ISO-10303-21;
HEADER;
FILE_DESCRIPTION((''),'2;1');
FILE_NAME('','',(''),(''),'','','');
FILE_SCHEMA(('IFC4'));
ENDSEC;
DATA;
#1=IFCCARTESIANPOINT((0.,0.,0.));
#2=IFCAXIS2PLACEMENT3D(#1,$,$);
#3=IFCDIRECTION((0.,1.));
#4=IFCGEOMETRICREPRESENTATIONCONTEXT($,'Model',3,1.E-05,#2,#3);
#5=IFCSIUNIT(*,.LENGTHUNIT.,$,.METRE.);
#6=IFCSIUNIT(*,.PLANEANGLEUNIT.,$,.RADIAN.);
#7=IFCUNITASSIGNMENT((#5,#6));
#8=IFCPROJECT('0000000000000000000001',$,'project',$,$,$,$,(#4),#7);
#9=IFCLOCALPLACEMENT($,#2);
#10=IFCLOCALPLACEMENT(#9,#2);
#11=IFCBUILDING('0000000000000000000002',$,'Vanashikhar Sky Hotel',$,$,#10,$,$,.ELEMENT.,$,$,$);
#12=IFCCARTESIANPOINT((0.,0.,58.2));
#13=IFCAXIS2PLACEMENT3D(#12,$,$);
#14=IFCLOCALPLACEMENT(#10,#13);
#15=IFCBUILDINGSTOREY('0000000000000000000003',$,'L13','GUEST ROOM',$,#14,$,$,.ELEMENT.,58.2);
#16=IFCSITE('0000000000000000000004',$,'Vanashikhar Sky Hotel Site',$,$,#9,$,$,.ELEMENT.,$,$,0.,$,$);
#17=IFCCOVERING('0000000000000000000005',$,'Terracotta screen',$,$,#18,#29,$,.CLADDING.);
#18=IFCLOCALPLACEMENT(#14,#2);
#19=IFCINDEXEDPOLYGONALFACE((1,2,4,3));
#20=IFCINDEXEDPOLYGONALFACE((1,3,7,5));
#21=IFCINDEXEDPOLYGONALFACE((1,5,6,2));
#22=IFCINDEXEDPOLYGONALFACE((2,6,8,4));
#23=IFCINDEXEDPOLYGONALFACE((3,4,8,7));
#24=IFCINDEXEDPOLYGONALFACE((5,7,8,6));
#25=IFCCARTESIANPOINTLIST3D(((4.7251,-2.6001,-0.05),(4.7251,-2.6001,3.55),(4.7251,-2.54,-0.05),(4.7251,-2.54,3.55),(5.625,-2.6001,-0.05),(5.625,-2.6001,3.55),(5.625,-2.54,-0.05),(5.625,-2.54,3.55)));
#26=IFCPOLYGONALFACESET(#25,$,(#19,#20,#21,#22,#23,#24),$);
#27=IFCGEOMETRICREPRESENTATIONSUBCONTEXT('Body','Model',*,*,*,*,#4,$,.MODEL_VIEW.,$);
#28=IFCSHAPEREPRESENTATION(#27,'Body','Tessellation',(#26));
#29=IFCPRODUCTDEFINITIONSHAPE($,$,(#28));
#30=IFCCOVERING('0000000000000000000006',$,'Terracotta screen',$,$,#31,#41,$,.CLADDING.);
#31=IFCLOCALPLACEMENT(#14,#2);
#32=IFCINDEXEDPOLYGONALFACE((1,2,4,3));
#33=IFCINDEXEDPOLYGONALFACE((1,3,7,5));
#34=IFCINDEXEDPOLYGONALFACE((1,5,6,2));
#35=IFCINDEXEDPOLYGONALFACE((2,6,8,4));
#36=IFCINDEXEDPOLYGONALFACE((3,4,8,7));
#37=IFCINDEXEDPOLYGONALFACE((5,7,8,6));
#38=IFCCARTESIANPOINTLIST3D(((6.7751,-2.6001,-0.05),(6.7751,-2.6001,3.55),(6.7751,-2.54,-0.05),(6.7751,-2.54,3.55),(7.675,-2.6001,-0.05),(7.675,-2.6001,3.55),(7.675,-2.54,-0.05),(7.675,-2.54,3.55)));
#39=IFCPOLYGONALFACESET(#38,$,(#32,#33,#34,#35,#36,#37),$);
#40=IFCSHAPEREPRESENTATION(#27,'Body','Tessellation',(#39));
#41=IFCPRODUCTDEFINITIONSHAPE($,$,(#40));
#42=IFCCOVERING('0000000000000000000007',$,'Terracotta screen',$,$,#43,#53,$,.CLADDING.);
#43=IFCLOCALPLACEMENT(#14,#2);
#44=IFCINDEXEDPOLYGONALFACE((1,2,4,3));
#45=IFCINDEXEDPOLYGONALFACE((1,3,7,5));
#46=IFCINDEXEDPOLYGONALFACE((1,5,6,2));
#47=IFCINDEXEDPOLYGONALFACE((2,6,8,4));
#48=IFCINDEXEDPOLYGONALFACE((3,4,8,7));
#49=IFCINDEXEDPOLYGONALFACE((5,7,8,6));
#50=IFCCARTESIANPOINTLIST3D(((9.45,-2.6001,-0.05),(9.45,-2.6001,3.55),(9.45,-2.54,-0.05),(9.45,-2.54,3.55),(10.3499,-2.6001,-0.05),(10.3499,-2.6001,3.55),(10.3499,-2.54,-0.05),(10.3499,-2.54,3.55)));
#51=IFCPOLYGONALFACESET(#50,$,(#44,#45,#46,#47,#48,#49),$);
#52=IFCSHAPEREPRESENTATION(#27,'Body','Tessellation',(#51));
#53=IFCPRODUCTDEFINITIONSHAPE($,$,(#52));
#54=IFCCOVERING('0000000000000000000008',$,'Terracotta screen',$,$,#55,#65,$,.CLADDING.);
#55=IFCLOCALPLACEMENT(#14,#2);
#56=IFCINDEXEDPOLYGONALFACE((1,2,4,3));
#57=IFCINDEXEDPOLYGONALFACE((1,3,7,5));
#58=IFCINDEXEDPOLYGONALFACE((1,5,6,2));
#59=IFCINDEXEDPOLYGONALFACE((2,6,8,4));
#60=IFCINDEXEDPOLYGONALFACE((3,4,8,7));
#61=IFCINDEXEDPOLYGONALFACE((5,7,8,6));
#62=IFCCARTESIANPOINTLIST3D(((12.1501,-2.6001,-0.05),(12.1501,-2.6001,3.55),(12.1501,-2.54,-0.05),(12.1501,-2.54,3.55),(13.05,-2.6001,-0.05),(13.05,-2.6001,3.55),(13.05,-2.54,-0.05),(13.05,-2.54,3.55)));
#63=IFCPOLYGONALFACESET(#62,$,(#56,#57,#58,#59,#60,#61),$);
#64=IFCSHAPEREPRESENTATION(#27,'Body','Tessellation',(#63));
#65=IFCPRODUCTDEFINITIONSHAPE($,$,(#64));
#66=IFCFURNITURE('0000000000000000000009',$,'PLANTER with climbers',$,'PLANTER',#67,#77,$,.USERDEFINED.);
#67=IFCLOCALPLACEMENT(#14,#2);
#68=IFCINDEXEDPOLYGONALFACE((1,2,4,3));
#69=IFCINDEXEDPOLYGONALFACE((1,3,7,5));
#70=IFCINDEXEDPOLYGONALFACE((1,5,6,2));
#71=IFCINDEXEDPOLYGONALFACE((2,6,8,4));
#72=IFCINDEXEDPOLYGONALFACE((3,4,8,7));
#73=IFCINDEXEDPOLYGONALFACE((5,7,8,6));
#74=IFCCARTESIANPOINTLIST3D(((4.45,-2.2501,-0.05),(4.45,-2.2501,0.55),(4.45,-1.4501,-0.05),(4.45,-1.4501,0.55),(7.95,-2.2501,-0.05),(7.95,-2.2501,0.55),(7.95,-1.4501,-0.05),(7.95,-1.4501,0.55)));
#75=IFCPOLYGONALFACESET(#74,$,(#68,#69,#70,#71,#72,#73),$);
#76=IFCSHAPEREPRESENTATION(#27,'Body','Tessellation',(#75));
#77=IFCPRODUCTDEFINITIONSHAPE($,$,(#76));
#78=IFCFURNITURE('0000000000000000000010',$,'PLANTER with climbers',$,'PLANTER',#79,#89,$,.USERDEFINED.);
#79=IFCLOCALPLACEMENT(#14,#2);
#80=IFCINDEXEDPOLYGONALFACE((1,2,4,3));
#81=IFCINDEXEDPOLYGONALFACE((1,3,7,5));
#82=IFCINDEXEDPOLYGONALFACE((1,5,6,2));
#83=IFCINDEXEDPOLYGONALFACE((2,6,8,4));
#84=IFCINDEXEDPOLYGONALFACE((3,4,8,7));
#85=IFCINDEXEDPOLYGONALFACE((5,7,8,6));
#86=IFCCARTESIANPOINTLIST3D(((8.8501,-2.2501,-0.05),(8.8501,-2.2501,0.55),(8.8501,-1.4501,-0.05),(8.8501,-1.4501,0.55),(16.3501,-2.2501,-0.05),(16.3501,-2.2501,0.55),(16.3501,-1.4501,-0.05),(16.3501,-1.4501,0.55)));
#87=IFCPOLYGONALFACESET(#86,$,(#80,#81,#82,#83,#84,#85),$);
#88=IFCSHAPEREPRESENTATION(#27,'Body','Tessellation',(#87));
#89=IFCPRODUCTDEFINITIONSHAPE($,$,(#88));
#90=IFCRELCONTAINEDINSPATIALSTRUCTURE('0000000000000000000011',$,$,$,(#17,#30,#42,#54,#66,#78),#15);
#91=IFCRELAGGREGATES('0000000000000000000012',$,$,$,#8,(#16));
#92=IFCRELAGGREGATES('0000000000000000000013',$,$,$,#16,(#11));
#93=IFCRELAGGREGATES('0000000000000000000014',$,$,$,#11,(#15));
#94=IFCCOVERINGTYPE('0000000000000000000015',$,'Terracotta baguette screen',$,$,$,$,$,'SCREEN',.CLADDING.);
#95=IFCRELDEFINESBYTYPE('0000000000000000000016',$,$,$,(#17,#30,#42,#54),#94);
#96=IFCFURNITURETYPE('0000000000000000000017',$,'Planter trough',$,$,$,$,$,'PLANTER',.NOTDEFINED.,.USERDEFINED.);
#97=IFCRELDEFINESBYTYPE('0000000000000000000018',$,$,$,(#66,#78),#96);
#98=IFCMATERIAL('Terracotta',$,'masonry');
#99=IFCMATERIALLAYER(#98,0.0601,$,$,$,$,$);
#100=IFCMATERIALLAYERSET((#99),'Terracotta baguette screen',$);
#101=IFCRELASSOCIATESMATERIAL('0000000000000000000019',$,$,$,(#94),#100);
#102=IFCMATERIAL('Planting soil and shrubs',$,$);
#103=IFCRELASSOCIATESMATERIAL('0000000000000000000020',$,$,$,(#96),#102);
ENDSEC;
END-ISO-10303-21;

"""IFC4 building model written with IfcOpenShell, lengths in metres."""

from ifc_helpers import new_model, si_unit, direction, frame, origin, origin_2d, place, context, subcontext, project, spatial, rectangle, extrude, source, transform, mapped, material, layer, layer_set, type_object, element, save


model = new_model("IFC4")

# Units and contexts
model_context = context("Model", 3, precision=1e-05, world=origin(), true_north=direction((0.0, 1.0)))
body_context = subcontext(model_context, "Body", "Model", "MODEL_VIEW")
ifc_project = project(units=[si_unit("LENGTHUNIT", "METRE"), si_unit("PLANEANGLEUNIT", "RADIAN")], contexts=[model_context])

# Site, building, storey
site_placement = place(None, origin())
site = spatial("IfcSite", under=ifc_project, at=site_placement, Name="Vanashikhar Sky Hotel Site", CompositionType="ELEMENT", RefElevation=0.0)
building_placement = place(site_placement, origin())
building = spatial("IfcBuilding", under=site, at=building_placement, Name="Vanashikhar Sky Hotel", CompositionType="ELEMENT")
storey_placement = place(building_placement, frame((0.0, 0.0, 58.2)))
storey = spatial("IfcBuildingStorey", under=building, at=storey_placement, Name="L13", Description="GUEST ROOM", CompositionType="ELEMENT", Elevation=58.2)

# Coverings
ifc_material_1 = material(Name="Terracotta", Category="masonry")
ifc_layer_1 = layer(ifc_material_1, 0.0601)
ifc_layer_set_1 = layer_set([ifc_layer_1], Name="Terracotta baguette screen")
covering_type = type_object("IfcCoveringType", Name="Terracotta baguette screen", ElementType="SCREEN", PredefinedType="CLADDING", material=ifc_layer_set_1)
shared_shape_1 = source(origin(), body_context, "Body", "SweptSolid", [
    extrude(rectangle(XDim=0.8999, YDim=0.0601, at=origin_2d()), origin(), (0.0, 0.0, 1.0), 3.6001),
])
for number, where, z_axis, x_axis, name in (
    (1, (5.175, -2.5701, -0.05), (0.0, 0.0, 1.0), (1.0, 0.0, 0.0), "Terracotta screen"),
    (2, (7.2251, -2.5701, -0.05), (0.0, 0.0, 1.0), (1.0, 0.0, 0.0), "Terracotta screen"),
    (3, (9.8999, -2.5701, -0.05), (0.0, 0.0, 1.0), (1.0, 0.0, 0.0), "Terracotta screen"),
    (4, (12.6001, -2.5701, -0.05), (0.0, 0.0, 1.0), (1.0, 0.0, 0.0), "Terracotta screen"),
):
    element("IfcCovering", number, at=place(storey_placement, frame(where, z_axis=z_axis, x_axis=x_axis)), inside=storey, type_object=covering_type, Name=name, PredefinedType="CLADDING", context=body_context, shape_type="MappedRepresentation", body=[
        mapped(shared_shape_1, transform((0.0, 0.0, 0.0), scale=1.0)),
    ])

# Furniture
ifc_material_2 = material(Name="Planting soil and shrubs")
furniture_type = type_object("IfcFurnitureType", Name="Planter trough", ElementType="PLANTER", AssemblyPlace="NOTDEFINED", PredefinedType="USERDEFINED", material=ifc_material_2)
shared_shape_2 = source(origin(), body_context, "Body", "SweptSolid", [
    extrude(rectangle(XDim=3.5, YDim=0.8, at=origin_2d()), origin(), (0.0, 0.0, 1.0), 0.6001),
])
furniture_1_placement = place(storey_placement, frame((6.2, -1.8501, -0.05), z_axis=(0.0, 0.0, 1.0), x_axis=(1.0, 0.0, 0.0)))
element("IfcFurniture", 5, at=furniture_1_placement, inside=storey, type_object=furniture_type, Name="PLANTER with climbers", ObjectType="PLANTER", PredefinedType="USERDEFINED", context=body_context, shape_type="MappedRepresentation", body=[
    mapped(shared_shape_2, transform((0.0, 0.0, 0.0), scale=1.0)),
])
shared_shape_3 = source(origin(), body_context, "Body", "SweptSolid", [
    extrude(rectangle(XDim=7.5, YDim=0.8, at=origin_2d()), origin(), (0.0, 0.0, 1.0), 0.6001),
])
furniture_2_placement = place(storey_placement, frame((12.6001, -1.8501, -0.05), z_axis=(0.0, 0.0, 1.0), x_axis=(1.0, 0.0, 0.0)))
element("IfcFurniture", 6, at=furniture_2_placement, inside=storey, type_object=furniture_type, Name="PLANTER with climbers", ObjectType="PLANTER", PredefinedType="USERDEFINED", context=body_context, shape_type="MappedRepresentation", body=[
    mapped(shared_shape_3, transform((0.0, 0.0, 0.0), scale=1.0)),
])

save(model, "model.ifc")
